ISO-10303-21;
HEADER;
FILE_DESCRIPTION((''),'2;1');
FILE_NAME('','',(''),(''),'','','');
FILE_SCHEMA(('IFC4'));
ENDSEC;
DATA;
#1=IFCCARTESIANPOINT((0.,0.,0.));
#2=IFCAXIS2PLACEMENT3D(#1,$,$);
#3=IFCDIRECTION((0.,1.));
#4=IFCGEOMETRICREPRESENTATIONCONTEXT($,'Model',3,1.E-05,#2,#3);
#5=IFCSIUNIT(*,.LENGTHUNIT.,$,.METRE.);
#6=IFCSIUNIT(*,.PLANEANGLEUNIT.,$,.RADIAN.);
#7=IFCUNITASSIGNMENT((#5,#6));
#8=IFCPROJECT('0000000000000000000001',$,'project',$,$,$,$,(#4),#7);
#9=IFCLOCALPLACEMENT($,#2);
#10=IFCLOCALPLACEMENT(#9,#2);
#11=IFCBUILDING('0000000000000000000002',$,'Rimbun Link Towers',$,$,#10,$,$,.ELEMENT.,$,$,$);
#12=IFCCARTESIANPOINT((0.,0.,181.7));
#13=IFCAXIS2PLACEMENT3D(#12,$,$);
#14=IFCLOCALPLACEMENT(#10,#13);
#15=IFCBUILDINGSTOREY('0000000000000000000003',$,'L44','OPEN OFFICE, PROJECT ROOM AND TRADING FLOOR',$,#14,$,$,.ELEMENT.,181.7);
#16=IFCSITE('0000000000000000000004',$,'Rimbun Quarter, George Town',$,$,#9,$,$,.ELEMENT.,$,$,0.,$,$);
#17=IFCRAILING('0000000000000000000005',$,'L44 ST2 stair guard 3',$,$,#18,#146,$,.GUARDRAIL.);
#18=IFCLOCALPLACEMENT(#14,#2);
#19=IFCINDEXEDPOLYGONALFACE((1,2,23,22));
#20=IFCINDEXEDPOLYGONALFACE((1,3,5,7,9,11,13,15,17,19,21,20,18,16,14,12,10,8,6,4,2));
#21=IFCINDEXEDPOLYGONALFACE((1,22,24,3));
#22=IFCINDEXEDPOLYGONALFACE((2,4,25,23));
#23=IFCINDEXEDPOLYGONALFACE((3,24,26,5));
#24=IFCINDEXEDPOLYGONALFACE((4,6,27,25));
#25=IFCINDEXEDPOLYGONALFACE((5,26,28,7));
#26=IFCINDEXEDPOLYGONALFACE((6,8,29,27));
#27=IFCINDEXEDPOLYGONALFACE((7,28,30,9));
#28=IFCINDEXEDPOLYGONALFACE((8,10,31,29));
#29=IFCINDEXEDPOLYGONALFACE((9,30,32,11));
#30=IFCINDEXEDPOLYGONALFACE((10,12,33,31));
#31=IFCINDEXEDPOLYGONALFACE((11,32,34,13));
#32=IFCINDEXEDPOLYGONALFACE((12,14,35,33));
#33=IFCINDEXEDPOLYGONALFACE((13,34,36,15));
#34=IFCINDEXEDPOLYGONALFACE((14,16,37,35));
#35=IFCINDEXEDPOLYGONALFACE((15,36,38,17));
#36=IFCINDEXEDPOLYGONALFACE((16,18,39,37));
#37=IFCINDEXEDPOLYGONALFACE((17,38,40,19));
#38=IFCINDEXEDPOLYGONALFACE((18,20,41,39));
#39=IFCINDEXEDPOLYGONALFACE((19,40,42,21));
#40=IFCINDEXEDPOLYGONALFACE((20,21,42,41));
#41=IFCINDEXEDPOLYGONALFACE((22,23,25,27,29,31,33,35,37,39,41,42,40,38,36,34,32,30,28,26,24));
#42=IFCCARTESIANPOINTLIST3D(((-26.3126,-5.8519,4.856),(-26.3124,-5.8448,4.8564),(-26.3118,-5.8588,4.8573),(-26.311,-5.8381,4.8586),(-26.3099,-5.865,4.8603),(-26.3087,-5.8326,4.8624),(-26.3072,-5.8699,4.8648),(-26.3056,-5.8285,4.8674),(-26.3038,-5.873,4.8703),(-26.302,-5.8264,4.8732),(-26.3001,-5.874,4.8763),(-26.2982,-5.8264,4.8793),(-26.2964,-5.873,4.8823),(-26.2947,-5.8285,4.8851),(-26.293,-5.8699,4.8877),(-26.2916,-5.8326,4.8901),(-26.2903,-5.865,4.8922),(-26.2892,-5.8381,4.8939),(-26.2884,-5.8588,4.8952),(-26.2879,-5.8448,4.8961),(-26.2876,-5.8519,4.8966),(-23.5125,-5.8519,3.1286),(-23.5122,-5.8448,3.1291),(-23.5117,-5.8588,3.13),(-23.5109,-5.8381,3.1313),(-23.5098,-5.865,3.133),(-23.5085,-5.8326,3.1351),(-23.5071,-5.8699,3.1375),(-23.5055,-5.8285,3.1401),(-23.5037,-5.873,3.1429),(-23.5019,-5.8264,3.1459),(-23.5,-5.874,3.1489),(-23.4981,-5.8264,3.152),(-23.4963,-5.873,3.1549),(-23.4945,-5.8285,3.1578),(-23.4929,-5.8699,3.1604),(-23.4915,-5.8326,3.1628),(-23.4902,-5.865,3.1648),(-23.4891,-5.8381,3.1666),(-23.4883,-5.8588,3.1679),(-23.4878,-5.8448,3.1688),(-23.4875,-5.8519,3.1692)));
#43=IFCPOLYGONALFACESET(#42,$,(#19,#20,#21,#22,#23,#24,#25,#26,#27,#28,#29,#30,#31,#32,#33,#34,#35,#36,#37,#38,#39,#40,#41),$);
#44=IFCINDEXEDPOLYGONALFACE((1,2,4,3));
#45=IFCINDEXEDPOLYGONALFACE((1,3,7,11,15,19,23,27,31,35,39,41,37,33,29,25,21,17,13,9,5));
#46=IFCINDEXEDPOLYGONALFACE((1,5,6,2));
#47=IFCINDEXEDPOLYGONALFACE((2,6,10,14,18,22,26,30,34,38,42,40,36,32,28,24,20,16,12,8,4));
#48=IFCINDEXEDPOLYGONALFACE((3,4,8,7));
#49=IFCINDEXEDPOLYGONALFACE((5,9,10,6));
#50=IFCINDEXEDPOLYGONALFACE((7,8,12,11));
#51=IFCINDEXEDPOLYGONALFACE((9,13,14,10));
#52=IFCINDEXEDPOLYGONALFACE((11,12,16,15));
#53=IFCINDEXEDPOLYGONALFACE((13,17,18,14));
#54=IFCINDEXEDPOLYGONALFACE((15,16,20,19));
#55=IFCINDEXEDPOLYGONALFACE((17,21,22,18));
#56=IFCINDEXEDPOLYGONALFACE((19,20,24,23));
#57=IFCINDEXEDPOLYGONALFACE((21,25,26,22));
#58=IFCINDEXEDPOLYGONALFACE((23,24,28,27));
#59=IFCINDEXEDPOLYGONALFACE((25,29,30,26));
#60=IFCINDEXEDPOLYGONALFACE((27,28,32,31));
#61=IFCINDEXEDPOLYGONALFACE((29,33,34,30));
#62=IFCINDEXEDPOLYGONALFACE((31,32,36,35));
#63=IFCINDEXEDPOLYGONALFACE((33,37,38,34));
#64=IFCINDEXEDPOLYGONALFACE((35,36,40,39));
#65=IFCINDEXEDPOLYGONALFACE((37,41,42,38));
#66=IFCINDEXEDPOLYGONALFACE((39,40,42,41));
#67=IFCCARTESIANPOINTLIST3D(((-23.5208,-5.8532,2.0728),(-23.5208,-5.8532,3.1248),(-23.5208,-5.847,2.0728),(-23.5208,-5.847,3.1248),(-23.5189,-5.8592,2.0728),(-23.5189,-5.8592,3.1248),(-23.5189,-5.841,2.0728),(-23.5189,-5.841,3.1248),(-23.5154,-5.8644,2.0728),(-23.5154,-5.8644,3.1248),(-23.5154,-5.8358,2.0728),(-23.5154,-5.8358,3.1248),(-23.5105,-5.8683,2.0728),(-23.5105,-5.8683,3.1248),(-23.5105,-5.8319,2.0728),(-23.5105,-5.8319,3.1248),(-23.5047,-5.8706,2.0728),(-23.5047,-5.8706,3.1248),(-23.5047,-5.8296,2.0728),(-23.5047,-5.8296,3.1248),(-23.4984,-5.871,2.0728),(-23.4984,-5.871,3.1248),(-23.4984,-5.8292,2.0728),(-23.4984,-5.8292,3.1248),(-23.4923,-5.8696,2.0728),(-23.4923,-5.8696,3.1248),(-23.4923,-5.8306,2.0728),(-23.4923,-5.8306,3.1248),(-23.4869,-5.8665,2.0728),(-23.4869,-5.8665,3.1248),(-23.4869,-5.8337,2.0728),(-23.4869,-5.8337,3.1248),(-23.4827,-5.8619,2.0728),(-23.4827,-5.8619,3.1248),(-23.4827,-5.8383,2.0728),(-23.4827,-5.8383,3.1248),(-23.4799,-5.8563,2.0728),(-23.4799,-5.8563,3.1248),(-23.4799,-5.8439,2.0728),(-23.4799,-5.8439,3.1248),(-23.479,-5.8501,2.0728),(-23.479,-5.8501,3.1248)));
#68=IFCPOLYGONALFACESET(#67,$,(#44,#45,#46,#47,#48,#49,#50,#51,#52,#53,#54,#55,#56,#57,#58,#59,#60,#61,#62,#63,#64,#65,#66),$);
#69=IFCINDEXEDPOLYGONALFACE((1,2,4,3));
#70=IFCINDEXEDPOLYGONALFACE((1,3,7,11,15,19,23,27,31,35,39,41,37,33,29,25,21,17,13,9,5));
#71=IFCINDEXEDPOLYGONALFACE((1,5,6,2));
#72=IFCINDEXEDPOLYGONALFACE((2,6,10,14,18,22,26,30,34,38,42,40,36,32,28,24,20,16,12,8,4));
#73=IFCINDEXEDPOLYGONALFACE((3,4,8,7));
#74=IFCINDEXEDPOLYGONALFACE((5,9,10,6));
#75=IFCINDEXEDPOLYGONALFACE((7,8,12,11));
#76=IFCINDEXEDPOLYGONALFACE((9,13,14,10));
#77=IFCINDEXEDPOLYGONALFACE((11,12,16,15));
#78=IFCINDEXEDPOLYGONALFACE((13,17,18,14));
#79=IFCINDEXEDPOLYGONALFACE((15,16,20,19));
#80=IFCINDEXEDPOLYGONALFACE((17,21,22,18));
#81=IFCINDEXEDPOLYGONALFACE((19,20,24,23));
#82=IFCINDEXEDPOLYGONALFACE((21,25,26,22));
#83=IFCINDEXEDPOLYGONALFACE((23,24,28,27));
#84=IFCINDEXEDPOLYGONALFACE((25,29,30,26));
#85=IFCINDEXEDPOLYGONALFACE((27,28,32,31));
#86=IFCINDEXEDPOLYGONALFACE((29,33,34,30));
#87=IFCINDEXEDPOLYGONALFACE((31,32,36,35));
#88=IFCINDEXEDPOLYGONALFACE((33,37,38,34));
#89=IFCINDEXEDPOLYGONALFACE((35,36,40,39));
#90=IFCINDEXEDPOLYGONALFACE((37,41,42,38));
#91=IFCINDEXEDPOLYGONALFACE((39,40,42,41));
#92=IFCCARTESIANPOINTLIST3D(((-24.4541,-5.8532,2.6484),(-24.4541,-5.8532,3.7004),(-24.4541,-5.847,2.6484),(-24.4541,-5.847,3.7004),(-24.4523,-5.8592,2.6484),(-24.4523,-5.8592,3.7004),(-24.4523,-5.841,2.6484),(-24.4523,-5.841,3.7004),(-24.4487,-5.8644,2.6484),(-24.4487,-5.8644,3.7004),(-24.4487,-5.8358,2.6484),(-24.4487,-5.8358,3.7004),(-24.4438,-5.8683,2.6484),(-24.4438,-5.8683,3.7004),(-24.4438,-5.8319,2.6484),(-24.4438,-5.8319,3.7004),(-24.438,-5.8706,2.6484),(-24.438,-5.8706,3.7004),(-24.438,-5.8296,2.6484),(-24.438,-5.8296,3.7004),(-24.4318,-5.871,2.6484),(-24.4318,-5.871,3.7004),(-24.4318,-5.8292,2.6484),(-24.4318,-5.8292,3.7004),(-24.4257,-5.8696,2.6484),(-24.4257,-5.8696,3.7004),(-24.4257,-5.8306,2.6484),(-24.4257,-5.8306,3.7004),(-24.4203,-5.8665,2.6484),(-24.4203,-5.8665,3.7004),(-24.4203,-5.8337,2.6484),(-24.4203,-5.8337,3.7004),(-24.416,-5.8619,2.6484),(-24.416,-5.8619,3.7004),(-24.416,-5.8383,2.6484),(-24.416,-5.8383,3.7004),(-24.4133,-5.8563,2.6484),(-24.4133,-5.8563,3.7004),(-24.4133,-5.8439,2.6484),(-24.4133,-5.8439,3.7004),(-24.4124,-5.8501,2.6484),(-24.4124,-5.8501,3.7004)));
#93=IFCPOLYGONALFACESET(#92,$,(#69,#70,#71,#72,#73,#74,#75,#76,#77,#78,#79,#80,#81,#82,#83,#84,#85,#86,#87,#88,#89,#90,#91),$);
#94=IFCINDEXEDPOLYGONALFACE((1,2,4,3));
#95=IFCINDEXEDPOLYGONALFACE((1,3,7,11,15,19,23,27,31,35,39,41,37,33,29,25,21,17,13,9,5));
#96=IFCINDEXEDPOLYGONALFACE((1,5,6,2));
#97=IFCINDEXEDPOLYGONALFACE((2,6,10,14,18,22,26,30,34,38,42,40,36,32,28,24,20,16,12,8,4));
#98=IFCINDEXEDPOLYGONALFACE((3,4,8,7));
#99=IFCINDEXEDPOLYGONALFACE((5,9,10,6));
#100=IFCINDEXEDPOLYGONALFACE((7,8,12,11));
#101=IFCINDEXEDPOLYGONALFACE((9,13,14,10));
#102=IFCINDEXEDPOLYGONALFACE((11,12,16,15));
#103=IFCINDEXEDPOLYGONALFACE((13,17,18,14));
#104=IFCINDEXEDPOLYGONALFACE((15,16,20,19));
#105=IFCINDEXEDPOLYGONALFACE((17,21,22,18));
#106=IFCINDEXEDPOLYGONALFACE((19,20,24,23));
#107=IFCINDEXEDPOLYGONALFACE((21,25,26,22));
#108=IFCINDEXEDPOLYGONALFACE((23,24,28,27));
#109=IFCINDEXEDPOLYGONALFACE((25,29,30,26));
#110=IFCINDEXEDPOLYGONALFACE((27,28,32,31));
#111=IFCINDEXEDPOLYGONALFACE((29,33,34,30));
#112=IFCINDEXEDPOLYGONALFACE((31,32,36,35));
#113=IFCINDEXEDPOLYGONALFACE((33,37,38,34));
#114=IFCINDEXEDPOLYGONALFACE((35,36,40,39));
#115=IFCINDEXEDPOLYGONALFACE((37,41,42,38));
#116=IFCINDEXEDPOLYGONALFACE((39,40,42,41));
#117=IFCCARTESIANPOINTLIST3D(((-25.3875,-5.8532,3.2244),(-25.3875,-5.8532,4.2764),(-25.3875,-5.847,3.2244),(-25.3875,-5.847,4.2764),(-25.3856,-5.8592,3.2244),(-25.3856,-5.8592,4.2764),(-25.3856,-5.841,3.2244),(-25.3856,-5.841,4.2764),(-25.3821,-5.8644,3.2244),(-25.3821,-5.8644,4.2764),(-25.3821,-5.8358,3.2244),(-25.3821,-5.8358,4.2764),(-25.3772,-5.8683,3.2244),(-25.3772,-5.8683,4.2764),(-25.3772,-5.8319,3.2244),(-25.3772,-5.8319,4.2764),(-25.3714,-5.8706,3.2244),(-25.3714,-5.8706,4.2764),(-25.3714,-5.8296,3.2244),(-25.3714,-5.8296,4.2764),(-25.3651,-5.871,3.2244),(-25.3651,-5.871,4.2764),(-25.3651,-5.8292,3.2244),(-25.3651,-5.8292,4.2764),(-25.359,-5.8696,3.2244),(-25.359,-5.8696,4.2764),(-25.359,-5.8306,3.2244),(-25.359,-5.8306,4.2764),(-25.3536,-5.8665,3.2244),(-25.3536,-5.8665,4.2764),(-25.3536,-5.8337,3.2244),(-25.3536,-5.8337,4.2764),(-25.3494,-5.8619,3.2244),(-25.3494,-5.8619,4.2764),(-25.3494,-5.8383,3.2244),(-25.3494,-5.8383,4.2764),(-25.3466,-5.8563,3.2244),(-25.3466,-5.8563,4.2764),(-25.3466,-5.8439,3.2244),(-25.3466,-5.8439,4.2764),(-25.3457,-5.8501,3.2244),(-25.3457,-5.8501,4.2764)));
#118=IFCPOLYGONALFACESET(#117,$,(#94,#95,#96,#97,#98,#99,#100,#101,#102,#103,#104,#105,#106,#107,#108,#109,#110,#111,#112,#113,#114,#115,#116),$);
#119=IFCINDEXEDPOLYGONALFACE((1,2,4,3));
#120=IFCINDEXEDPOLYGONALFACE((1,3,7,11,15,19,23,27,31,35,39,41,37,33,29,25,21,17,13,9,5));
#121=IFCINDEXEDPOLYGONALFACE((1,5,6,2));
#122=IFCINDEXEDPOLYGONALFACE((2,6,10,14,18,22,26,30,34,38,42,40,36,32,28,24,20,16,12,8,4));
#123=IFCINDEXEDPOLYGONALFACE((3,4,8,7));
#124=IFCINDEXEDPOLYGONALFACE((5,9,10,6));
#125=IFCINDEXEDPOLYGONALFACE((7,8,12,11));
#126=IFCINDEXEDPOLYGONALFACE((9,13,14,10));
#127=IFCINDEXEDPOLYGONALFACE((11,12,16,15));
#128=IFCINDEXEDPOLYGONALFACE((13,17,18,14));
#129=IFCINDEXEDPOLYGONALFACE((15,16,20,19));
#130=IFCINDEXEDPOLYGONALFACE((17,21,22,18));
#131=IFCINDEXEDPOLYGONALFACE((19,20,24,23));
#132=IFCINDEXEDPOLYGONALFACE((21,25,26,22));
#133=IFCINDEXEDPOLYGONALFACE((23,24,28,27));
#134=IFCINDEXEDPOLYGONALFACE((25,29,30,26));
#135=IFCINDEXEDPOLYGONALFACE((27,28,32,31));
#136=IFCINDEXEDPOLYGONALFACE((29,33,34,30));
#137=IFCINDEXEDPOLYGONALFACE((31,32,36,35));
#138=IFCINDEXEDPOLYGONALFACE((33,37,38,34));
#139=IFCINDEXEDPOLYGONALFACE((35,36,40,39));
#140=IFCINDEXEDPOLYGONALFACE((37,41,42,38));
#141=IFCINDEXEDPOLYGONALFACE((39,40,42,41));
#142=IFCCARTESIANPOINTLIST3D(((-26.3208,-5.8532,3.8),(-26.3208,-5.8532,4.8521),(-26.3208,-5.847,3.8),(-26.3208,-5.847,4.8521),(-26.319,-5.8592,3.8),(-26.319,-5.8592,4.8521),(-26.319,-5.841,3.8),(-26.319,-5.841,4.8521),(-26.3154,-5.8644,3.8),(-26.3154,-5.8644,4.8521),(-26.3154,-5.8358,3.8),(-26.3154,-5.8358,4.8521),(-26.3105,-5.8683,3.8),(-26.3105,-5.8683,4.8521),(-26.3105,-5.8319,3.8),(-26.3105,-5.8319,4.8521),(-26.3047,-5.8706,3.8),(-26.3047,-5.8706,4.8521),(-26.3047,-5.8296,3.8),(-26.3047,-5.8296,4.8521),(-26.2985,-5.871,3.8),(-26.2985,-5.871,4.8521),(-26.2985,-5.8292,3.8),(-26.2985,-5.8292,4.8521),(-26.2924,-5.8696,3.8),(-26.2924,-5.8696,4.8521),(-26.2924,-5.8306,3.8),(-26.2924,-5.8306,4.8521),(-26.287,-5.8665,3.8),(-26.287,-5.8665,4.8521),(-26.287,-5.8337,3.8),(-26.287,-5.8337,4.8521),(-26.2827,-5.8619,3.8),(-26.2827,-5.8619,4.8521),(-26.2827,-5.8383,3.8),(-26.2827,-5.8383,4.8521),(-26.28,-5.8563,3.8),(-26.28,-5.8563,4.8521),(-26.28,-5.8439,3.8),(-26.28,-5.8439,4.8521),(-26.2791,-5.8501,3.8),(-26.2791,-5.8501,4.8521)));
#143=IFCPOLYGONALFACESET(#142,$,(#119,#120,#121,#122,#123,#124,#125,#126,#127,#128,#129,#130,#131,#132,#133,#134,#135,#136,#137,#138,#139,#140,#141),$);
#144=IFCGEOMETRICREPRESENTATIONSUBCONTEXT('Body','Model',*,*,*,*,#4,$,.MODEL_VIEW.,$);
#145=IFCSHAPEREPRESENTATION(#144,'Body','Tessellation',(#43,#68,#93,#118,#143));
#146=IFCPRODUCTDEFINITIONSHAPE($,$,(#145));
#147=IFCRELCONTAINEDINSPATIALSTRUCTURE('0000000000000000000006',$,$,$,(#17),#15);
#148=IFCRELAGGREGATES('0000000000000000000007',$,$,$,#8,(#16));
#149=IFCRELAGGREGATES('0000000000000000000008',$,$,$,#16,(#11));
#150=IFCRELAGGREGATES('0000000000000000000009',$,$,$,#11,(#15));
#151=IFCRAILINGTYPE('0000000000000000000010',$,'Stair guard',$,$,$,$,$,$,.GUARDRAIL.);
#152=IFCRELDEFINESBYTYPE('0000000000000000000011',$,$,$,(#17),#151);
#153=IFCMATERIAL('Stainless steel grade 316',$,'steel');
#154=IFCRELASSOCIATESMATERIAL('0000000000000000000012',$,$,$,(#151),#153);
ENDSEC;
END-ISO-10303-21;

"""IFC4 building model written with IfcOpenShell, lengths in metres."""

from ifc_helpers import new_model, si_unit, direction, frame, origin, origin_2d, place, context, subcontext, project, spatial, circle, extrude, material, type_object, element, save


model = new_model("IFC4")

# Units and contexts
model_context = context("Model", 3, precision=1e-05, world=origin(), true_north=direction((0.0, 1.0)))
body_context = subcontext(model_context, "Body", "Model", "MODEL_VIEW")
ifc_project = project(units=[si_unit("LENGTHUNIT", "METRE"), si_unit("PLANEANGLEUNIT", "RADIAN")], contexts=[model_context])

# Site, building, storey
site_placement = place(None, origin())
site = spatial("IfcSite", under=ifc_project, at=site_placement, Name="Rimbun Quarter, George Town", CompositionType="ELEMENT", RefElevation=0.0)
building_placement = place(site_placement, origin())
building = spatial("IfcBuilding", under=site, at=building_placement, Name="Rimbun Link Towers", CompositionType="ELEMENT")
storey_placement = place(building_placement, frame((0.0, 0.0, 181.7)))
storey = spatial("IfcBuildingStorey", under=building, at=storey_placement, Name="L44", Description="OPEN OFFICE, PROJECT ROOM AND TRADING FLOOR", CompositionType="ELEMENT", Elevation=181.7)

# Railing
ifc_material_1 = material(Name="Stainless steel grade 316", Category="steel")
railing_type_1 = type_object("IfcRailingType", Name="Stair guard", PredefinedType="GUARDRAIL", material=ifc_material_1)
railing_1_placement = place(storey_placement, frame((-23.5, -5.8501, 2.0728)))
element("IfcRailing", 1, at=railing_1_placement, inside=storey, type_object=railing_type_1, Name="L44 ST2 stair guard 3", PredefinedType="GUARDRAIL", context=body_context, shape_type="SweptSolid", body=[
    extrude(circle(Radius=0.0239, at=origin_2d()), frame((0.0, 0.0, 1.0762), z_axis=(-0.85109, 0.0, 0.52502), x_axis=(0.0, -1.0, 0.0)), (0.0, 0.0, 1.0), 3.29),
    extrude(circle(Radius=0.021, at=origin_2d()), origin(), (0.0, 0.0, 1.0), 1.052),
    extrude(circle(Radius=0.021, at=origin_2d()), frame((-0.9333, 0.0, 0.5757)), (0.0, 0.0, 1.0), 1.052),
    extrude(circle(Radius=0.021, at=origin_2d()), frame((-1.8667, 0.0, 1.1516)), (0.0, 0.0, 1.0), 1.052),
    extrude(circle(Radius=0.021, at=origin_2d()), frame((-2.8, 0.0, 1.7273)), (0.0, 0.0, 1.0), 1.052),
])

save(model, "model.ifc")
